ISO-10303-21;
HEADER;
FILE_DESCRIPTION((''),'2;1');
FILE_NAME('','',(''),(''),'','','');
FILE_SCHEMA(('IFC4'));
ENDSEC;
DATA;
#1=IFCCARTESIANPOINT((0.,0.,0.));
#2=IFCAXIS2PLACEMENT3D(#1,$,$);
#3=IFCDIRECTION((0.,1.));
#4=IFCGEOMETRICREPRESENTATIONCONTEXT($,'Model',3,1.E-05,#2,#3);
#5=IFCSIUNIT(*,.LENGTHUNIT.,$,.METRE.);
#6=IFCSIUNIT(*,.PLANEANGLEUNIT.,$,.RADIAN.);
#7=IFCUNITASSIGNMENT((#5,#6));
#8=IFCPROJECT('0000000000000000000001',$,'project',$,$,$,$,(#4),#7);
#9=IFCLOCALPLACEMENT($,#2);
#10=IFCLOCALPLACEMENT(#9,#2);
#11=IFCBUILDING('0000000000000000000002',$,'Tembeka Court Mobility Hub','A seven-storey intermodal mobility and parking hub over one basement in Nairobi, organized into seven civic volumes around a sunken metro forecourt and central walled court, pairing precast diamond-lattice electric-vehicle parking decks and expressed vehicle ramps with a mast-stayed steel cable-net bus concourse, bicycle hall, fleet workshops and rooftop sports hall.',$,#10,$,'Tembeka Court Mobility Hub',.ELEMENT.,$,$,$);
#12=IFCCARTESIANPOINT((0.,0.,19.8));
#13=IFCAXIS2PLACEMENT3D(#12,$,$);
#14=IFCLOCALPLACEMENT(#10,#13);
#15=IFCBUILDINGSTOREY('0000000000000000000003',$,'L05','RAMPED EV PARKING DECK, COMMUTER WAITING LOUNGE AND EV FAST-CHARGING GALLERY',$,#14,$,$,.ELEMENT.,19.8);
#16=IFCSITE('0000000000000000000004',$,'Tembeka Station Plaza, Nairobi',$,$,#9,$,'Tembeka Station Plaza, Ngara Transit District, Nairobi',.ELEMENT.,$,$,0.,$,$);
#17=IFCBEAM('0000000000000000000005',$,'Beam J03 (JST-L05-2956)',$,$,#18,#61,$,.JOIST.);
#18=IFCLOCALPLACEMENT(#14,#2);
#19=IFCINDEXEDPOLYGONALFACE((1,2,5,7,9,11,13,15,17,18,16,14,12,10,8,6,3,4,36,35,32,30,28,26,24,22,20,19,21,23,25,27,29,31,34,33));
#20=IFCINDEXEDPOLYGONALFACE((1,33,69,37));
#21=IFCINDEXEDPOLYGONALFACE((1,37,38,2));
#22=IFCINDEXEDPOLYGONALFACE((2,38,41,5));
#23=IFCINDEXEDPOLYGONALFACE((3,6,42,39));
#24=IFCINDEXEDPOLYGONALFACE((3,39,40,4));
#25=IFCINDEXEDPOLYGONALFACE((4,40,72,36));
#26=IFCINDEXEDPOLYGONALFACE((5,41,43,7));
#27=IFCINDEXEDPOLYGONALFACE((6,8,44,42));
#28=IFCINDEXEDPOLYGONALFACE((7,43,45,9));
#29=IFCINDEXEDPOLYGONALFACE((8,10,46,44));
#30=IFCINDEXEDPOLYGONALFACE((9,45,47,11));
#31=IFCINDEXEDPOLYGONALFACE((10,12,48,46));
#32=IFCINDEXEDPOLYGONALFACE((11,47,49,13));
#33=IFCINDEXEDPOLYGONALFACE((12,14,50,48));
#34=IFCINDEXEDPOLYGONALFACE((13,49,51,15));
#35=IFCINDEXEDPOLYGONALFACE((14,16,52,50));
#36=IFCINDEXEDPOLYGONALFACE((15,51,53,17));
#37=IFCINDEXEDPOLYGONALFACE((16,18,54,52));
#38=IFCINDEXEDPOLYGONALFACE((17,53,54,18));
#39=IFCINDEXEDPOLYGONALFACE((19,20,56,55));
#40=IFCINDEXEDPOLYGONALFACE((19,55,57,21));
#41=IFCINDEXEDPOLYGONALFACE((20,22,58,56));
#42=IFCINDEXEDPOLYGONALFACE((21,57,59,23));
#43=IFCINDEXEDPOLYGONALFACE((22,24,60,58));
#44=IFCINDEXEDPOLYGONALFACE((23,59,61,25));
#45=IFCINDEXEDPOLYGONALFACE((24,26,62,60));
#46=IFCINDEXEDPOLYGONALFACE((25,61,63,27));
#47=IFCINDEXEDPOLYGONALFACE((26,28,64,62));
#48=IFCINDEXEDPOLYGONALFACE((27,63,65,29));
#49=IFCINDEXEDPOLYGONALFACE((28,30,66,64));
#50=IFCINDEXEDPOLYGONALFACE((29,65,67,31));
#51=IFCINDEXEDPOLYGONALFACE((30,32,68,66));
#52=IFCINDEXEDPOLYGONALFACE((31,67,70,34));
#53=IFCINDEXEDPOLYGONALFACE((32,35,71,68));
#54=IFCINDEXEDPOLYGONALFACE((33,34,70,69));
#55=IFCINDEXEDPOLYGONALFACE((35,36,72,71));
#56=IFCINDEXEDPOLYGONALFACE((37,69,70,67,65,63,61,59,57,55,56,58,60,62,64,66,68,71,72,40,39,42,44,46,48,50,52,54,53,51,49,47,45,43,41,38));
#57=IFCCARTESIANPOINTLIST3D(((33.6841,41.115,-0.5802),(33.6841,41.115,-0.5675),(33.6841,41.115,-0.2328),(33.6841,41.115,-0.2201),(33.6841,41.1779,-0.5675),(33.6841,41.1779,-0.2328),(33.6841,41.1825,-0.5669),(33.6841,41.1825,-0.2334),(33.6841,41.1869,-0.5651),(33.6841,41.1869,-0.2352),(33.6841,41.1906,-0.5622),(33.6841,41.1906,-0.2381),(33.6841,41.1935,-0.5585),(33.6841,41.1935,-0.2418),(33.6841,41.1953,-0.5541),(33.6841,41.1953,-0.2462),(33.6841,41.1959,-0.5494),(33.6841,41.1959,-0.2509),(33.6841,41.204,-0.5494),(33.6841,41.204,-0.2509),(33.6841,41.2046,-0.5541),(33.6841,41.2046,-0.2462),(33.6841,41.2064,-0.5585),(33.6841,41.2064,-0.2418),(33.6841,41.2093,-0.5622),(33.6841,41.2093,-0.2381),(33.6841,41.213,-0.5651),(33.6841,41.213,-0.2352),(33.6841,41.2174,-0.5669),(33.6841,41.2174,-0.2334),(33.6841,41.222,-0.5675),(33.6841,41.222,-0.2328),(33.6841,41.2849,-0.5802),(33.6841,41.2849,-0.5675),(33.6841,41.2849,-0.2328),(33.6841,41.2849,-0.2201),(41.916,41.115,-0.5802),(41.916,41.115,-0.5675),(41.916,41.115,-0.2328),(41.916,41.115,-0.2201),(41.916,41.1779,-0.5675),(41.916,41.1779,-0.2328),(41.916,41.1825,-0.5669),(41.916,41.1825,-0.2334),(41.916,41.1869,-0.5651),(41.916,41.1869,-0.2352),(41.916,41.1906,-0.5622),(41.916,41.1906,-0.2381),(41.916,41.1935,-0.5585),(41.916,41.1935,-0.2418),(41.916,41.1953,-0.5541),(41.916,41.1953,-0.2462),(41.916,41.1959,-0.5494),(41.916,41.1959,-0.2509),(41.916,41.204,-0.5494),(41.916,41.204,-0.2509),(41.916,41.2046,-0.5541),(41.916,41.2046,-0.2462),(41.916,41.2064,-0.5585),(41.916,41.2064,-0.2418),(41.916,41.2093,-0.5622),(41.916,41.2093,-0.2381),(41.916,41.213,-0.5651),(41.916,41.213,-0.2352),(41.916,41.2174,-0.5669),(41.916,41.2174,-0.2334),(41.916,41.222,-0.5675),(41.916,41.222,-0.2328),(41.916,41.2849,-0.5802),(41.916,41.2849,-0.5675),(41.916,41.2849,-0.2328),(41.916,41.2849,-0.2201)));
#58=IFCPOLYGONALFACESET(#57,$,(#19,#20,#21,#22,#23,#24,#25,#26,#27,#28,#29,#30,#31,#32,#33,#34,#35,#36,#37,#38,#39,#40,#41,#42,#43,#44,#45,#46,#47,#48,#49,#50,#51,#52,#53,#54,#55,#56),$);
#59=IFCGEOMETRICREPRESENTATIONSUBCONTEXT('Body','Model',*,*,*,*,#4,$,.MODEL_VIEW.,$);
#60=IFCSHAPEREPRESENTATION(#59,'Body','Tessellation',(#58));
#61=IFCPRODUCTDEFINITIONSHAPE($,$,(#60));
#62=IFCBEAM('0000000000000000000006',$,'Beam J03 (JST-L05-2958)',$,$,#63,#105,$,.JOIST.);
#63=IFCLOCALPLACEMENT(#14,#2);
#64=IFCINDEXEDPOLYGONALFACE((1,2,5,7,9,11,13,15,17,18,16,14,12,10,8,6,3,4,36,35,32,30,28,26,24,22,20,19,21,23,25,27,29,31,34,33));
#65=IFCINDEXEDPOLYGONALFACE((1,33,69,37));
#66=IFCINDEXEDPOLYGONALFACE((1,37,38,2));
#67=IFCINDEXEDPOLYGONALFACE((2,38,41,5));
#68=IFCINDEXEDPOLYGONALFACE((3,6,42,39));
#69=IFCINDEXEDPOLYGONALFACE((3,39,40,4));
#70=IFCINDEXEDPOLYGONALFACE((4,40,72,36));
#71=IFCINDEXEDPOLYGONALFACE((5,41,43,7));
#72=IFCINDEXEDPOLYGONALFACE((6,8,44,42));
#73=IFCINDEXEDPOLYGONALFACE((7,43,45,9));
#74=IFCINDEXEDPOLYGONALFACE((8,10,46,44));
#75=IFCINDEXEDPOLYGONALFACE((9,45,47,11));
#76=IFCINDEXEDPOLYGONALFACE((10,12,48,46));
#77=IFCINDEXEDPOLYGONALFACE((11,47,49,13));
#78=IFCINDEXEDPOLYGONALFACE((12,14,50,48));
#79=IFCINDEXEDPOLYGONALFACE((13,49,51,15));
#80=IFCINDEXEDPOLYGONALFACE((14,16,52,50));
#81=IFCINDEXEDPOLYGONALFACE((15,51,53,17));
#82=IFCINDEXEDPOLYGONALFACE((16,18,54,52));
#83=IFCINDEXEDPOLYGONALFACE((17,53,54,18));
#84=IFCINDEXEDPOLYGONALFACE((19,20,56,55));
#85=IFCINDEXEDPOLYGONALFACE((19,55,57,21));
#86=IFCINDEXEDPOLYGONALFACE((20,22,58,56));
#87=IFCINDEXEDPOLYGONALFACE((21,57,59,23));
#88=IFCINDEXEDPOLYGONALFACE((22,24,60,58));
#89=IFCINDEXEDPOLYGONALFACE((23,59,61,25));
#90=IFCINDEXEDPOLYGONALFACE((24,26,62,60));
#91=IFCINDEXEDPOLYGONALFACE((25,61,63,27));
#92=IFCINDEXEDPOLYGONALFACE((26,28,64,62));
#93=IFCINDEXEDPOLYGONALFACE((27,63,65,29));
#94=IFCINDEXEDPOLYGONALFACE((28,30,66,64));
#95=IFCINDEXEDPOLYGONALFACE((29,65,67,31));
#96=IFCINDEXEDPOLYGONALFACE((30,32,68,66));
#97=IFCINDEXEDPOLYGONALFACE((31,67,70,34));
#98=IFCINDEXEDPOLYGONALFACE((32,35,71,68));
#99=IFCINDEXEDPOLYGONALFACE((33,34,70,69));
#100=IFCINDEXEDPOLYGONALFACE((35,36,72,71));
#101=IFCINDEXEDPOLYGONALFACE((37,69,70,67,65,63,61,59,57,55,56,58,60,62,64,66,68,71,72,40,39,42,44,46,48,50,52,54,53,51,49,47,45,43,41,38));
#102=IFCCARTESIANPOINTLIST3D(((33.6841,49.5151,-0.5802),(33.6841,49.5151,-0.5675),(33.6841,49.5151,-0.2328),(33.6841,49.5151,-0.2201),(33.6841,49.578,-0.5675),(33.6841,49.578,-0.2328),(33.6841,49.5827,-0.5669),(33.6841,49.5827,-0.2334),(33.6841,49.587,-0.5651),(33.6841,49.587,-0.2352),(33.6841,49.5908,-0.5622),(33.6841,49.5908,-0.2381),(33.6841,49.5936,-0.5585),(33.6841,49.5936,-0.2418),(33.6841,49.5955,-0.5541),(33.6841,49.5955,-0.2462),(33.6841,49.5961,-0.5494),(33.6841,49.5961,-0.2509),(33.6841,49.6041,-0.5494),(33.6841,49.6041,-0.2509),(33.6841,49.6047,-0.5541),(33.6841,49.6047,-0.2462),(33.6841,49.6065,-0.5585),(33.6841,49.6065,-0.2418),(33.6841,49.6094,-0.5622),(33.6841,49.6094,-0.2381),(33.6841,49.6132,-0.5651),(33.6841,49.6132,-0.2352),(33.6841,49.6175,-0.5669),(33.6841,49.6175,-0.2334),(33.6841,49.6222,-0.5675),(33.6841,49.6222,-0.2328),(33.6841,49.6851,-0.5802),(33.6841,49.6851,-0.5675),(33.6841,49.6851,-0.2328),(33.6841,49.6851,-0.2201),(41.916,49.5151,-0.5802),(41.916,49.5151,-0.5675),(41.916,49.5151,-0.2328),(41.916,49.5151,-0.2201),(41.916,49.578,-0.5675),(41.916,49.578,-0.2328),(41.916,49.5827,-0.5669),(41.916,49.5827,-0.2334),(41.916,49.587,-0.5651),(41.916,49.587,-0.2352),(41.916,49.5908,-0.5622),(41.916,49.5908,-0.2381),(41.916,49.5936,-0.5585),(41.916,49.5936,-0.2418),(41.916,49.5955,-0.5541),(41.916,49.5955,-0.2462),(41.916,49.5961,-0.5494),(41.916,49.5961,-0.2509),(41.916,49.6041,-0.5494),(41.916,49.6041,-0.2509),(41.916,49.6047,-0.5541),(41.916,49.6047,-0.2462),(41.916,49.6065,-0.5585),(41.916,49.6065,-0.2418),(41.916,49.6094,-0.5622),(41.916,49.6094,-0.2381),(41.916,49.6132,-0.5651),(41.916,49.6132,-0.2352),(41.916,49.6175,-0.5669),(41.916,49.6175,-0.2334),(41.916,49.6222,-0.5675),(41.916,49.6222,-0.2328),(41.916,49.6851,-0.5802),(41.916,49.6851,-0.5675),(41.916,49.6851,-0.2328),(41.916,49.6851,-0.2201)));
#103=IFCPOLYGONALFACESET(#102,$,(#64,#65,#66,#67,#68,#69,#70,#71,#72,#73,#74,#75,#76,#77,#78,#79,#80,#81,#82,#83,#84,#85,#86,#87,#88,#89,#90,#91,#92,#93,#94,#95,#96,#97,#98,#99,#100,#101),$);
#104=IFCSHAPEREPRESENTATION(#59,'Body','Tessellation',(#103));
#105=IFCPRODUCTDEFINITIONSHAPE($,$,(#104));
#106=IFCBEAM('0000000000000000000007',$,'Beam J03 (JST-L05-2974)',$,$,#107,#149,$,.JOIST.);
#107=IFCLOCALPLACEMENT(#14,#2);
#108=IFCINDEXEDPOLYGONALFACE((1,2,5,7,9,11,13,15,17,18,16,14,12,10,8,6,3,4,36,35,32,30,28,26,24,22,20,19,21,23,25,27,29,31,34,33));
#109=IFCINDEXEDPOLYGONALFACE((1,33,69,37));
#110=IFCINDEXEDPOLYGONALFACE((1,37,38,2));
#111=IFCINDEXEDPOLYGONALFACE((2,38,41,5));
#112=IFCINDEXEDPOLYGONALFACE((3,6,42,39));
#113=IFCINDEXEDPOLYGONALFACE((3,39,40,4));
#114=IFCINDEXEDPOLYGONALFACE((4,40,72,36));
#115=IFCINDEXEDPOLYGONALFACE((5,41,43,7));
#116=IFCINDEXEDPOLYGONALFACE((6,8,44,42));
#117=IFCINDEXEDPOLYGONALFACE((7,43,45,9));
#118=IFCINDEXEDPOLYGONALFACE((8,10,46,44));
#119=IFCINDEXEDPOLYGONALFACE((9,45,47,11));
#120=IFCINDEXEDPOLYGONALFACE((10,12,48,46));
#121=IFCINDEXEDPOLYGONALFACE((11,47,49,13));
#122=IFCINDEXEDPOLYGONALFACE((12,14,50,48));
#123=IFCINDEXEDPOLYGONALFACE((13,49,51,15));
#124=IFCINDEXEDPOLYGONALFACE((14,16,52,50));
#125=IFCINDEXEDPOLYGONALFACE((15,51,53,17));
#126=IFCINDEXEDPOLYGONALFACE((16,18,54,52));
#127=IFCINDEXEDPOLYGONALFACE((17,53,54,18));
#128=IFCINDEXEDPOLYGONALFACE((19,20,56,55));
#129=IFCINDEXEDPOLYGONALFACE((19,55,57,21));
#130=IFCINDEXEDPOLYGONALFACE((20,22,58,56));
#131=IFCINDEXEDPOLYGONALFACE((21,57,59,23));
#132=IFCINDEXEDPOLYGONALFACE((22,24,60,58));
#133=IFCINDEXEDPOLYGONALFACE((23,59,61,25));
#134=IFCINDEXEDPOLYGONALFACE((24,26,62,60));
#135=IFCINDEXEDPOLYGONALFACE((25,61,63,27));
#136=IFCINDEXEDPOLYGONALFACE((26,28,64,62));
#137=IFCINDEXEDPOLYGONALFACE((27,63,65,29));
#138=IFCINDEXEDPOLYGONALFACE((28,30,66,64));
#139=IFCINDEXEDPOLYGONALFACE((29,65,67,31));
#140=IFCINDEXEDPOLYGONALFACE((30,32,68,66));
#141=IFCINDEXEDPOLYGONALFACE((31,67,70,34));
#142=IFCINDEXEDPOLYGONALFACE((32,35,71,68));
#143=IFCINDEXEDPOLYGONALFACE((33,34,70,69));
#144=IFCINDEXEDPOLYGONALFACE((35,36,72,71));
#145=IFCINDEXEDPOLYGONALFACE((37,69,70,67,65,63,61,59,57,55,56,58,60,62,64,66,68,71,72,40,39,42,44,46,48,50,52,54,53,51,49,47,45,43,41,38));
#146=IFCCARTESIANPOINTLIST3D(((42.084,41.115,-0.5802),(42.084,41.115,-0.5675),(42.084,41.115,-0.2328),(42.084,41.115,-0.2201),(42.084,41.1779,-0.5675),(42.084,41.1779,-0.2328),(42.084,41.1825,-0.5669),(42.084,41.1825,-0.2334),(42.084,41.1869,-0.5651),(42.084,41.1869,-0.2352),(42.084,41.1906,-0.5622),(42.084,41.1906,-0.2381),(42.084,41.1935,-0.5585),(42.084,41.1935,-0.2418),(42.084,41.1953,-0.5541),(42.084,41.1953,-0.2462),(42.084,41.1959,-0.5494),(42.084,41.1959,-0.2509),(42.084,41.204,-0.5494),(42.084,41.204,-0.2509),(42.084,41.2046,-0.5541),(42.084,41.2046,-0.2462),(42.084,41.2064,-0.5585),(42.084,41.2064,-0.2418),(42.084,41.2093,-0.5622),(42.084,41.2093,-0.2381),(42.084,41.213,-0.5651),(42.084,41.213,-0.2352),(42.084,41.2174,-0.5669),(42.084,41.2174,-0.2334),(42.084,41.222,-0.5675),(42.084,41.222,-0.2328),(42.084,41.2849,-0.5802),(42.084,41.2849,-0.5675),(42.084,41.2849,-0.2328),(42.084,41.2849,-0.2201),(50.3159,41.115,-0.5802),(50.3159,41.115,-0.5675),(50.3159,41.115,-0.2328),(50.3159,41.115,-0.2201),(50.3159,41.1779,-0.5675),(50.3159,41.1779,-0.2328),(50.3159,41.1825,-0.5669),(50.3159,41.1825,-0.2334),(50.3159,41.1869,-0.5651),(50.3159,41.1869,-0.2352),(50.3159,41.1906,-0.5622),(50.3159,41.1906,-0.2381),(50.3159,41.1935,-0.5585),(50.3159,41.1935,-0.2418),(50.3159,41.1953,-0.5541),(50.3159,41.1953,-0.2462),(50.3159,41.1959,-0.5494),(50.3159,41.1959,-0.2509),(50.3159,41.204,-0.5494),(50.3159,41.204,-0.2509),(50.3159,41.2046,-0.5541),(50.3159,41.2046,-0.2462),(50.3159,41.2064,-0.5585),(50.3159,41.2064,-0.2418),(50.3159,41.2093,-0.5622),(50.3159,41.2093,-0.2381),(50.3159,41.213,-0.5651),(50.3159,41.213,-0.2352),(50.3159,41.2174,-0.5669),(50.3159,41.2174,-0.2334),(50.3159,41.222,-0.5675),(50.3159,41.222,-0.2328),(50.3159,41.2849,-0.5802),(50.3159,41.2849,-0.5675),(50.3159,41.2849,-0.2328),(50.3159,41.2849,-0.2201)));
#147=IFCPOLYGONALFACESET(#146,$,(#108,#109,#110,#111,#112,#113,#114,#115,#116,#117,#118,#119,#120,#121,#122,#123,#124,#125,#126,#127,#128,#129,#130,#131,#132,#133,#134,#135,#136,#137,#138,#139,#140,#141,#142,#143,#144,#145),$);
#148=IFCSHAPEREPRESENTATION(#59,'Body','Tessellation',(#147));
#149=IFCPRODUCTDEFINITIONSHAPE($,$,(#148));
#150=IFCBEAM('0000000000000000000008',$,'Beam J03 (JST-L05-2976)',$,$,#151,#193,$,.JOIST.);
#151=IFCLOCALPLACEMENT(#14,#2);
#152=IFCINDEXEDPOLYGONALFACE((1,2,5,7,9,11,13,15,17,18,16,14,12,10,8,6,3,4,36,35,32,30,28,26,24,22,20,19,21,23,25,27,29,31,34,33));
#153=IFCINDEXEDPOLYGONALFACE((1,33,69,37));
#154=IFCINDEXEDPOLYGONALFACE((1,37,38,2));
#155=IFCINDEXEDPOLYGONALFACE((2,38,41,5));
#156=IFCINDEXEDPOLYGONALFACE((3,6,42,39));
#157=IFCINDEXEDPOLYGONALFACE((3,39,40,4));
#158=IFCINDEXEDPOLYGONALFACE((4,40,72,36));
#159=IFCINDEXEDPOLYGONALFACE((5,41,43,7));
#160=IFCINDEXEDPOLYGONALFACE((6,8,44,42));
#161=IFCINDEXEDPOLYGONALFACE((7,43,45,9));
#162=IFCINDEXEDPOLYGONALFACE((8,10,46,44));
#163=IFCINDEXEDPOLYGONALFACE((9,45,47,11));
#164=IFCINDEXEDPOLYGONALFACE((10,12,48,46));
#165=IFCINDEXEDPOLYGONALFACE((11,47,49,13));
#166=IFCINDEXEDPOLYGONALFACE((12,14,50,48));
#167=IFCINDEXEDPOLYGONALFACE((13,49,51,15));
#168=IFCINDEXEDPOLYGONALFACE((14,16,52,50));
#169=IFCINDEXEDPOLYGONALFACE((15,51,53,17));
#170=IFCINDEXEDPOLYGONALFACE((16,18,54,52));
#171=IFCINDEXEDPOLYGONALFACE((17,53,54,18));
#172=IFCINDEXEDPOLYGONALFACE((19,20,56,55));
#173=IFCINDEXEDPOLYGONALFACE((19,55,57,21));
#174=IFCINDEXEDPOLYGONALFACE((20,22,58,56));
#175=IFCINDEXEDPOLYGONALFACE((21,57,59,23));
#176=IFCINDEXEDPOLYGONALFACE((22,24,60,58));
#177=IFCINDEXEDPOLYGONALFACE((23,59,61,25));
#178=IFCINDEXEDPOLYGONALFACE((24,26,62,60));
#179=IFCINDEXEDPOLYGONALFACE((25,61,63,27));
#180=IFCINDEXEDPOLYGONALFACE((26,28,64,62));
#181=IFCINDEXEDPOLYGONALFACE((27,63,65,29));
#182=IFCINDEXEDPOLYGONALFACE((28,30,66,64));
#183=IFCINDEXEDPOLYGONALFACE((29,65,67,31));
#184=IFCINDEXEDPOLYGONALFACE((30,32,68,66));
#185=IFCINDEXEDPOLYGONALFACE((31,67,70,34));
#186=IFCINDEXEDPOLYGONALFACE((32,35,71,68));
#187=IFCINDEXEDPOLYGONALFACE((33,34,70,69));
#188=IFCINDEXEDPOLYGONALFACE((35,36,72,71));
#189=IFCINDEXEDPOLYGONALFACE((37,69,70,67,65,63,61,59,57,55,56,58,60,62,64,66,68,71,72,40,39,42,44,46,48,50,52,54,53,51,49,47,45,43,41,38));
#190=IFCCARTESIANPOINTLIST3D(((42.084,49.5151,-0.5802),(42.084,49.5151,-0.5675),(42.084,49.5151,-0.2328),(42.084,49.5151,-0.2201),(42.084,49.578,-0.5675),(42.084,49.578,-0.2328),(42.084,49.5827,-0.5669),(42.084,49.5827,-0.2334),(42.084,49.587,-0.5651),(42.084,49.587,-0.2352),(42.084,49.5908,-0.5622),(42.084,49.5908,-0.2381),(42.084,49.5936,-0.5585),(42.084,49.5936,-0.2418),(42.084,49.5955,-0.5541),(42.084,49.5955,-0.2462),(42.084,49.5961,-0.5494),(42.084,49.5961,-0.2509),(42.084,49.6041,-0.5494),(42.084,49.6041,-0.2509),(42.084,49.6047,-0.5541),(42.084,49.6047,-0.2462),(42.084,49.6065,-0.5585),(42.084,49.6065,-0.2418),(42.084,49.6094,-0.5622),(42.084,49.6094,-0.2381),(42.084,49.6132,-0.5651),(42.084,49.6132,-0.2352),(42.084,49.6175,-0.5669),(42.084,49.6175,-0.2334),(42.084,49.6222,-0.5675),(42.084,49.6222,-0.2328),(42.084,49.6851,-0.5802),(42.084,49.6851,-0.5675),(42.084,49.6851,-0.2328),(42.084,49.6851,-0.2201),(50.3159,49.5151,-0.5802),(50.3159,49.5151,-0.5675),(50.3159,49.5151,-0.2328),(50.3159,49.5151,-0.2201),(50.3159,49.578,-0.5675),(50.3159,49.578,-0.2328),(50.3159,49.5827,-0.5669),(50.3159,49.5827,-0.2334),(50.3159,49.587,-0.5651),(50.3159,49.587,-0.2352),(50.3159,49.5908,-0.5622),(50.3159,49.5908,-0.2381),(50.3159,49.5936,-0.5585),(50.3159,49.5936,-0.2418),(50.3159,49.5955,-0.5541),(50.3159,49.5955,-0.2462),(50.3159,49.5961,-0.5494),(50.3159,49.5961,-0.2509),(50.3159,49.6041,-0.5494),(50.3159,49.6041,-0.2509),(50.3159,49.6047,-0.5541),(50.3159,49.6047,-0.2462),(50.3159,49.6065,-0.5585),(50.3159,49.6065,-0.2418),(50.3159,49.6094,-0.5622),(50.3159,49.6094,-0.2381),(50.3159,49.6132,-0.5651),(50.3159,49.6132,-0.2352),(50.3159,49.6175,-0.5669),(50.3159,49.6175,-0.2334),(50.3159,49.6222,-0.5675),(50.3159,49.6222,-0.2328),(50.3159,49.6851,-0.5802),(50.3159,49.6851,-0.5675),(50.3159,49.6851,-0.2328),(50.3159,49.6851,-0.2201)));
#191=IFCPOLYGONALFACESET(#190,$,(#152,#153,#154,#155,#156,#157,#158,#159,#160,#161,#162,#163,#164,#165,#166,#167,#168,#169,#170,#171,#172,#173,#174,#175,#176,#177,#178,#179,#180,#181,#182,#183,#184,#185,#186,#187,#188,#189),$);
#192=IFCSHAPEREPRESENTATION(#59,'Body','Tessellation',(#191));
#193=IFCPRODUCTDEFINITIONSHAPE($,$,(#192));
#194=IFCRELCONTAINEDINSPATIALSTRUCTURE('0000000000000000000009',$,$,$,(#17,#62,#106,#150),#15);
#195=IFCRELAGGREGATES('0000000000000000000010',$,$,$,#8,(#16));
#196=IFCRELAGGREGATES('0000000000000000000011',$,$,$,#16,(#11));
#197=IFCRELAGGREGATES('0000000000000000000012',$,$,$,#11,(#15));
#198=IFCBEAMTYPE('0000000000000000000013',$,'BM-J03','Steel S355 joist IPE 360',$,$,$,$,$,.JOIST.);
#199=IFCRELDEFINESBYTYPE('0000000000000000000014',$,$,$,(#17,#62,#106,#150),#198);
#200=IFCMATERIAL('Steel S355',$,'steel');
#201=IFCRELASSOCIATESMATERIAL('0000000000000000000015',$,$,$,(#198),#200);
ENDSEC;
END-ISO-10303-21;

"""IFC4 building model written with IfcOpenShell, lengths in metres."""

from ifc_helpers import new_model, si_unit, direction, frame, origin, origin_2d, place, context, subcontext, project, spatial, i_section, extrude, material, material_profile, profile_set, type_object, element, save


model = new_model("IFC4")

# Units and contexts
model_context = context("Model", 3, precision=1e-05, world=origin(), true_north=direction((0.0, 1.0)))
body_context = subcontext(model_context, "Body", "Model", "MODEL_VIEW")
ifc_project = project(units=[si_unit("LENGTHUNIT", "METRE"), si_unit("PLANEANGLEUNIT", "RADIAN")], contexts=[model_context])

# Site, building, storey
site_placement = place(None, origin())
site = spatial("IfcSite", under=ifc_project, at=site_placement, Name="Tembeka Station Plaza, Nairobi", LongName="Tembeka Station Plaza, Ngara Transit District, Nairobi", CompositionType="ELEMENT", RefElevation=0.0)
building_placement = place(site_placement, origin())
building = spatial("IfcBuilding", under=site, at=building_placement, Name="Tembeka Court Mobility Hub", Description="A seven-storey intermodal mobility and parking hub over one basement in Nairobi, organized into seven civic volumes around a sunken metro forecourt and central walled court, pairing precast diamond-lattice electric-vehicle parking decks and expressed vehicle ramps with a mast-stayed steel cable-net bus concourse, bicycle hall, fleet workshops and rooftop sports hall.", LongName="Tembeka Court Mobility Hub", CompositionType="ELEMENT")
storey_placement = place(building_placement, frame((0.0, 0.0, 19.8)))
storey = spatial("IfcBuildingStorey", under=building, at=storey_placement, Name="L05", Description="RAMPED EV PARKING DECK, COMMUTER WAITING LOUNGE AND EV FAST-CHARGING GALLERY", CompositionType="ELEMENT", Elevation=19.8)

# Shared definitions
ifc_material_1 = material(Name="Steel S355", Category="steel")

# Beams
ifc_material_profile_1 = material_profile(ifc_material_1, i_section(OverallWidth=0.1699, OverallDepth=0.3601, WebThickness=0.0081, FlangeThickness=0.0127, FilletRadius=0.0181, at=origin_2d()), Name="IPE 360")
ifc_profile_set_1 = profile_set([ifc_material_profile_1], Name="Steel S355")
beam_type_1 = type_object("IfcBeamType", Name="BM-J03", Description="Steel S355 joist IPE 360", PredefinedType="JOIST", material=ifc_profile_set_1)
for number, where, z_axis, x_axis, name in (
    (1, (33.6841, 41.2, -0.4001), (1.0, 0.0, 0.0), (0.0, 1.0, 0.0), "Beam J03 (JST-L05-2956)"),
    (2, (33.6841, 49.6001, -0.4001), (1.0, 0.0, 0.0), (0.0, 1.0, 0.0), "Beam J03 (JST-L05-2958)"),
    (3, (42.084, 41.2, -0.4001), (1.0, 0.0, 0.0), (0.0, 1.0, 0.0), "Beam J03 (JST-L05-2974)"),
    (4, (42.084, 49.6001, -0.4001), (1.0, 0.0, 0.0), (0.0, 1.0, 0.0), "Beam J03 (JST-L05-2976)"),
):
    element("IfcBeam", number, at=place(storey_placement, frame(where, z_axis=z_axis, x_axis=x_axis)), inside=storey, type_object=beam_type_1, Name=name, PredefinedType="JOIST", context=body_context, shape_type="SweptSolid", body=[
        extrude(i_section(OverallWidth=0.1699, OverallDepth=0.3601, WebThickness=0.0081, FlangeThickness=0.0127, FilletRadius=0.0181, at=origin_2d()), origin(), (0.0, 0.0, 1.0), 8.2319),
    ])

save(model, "model.ifc")
